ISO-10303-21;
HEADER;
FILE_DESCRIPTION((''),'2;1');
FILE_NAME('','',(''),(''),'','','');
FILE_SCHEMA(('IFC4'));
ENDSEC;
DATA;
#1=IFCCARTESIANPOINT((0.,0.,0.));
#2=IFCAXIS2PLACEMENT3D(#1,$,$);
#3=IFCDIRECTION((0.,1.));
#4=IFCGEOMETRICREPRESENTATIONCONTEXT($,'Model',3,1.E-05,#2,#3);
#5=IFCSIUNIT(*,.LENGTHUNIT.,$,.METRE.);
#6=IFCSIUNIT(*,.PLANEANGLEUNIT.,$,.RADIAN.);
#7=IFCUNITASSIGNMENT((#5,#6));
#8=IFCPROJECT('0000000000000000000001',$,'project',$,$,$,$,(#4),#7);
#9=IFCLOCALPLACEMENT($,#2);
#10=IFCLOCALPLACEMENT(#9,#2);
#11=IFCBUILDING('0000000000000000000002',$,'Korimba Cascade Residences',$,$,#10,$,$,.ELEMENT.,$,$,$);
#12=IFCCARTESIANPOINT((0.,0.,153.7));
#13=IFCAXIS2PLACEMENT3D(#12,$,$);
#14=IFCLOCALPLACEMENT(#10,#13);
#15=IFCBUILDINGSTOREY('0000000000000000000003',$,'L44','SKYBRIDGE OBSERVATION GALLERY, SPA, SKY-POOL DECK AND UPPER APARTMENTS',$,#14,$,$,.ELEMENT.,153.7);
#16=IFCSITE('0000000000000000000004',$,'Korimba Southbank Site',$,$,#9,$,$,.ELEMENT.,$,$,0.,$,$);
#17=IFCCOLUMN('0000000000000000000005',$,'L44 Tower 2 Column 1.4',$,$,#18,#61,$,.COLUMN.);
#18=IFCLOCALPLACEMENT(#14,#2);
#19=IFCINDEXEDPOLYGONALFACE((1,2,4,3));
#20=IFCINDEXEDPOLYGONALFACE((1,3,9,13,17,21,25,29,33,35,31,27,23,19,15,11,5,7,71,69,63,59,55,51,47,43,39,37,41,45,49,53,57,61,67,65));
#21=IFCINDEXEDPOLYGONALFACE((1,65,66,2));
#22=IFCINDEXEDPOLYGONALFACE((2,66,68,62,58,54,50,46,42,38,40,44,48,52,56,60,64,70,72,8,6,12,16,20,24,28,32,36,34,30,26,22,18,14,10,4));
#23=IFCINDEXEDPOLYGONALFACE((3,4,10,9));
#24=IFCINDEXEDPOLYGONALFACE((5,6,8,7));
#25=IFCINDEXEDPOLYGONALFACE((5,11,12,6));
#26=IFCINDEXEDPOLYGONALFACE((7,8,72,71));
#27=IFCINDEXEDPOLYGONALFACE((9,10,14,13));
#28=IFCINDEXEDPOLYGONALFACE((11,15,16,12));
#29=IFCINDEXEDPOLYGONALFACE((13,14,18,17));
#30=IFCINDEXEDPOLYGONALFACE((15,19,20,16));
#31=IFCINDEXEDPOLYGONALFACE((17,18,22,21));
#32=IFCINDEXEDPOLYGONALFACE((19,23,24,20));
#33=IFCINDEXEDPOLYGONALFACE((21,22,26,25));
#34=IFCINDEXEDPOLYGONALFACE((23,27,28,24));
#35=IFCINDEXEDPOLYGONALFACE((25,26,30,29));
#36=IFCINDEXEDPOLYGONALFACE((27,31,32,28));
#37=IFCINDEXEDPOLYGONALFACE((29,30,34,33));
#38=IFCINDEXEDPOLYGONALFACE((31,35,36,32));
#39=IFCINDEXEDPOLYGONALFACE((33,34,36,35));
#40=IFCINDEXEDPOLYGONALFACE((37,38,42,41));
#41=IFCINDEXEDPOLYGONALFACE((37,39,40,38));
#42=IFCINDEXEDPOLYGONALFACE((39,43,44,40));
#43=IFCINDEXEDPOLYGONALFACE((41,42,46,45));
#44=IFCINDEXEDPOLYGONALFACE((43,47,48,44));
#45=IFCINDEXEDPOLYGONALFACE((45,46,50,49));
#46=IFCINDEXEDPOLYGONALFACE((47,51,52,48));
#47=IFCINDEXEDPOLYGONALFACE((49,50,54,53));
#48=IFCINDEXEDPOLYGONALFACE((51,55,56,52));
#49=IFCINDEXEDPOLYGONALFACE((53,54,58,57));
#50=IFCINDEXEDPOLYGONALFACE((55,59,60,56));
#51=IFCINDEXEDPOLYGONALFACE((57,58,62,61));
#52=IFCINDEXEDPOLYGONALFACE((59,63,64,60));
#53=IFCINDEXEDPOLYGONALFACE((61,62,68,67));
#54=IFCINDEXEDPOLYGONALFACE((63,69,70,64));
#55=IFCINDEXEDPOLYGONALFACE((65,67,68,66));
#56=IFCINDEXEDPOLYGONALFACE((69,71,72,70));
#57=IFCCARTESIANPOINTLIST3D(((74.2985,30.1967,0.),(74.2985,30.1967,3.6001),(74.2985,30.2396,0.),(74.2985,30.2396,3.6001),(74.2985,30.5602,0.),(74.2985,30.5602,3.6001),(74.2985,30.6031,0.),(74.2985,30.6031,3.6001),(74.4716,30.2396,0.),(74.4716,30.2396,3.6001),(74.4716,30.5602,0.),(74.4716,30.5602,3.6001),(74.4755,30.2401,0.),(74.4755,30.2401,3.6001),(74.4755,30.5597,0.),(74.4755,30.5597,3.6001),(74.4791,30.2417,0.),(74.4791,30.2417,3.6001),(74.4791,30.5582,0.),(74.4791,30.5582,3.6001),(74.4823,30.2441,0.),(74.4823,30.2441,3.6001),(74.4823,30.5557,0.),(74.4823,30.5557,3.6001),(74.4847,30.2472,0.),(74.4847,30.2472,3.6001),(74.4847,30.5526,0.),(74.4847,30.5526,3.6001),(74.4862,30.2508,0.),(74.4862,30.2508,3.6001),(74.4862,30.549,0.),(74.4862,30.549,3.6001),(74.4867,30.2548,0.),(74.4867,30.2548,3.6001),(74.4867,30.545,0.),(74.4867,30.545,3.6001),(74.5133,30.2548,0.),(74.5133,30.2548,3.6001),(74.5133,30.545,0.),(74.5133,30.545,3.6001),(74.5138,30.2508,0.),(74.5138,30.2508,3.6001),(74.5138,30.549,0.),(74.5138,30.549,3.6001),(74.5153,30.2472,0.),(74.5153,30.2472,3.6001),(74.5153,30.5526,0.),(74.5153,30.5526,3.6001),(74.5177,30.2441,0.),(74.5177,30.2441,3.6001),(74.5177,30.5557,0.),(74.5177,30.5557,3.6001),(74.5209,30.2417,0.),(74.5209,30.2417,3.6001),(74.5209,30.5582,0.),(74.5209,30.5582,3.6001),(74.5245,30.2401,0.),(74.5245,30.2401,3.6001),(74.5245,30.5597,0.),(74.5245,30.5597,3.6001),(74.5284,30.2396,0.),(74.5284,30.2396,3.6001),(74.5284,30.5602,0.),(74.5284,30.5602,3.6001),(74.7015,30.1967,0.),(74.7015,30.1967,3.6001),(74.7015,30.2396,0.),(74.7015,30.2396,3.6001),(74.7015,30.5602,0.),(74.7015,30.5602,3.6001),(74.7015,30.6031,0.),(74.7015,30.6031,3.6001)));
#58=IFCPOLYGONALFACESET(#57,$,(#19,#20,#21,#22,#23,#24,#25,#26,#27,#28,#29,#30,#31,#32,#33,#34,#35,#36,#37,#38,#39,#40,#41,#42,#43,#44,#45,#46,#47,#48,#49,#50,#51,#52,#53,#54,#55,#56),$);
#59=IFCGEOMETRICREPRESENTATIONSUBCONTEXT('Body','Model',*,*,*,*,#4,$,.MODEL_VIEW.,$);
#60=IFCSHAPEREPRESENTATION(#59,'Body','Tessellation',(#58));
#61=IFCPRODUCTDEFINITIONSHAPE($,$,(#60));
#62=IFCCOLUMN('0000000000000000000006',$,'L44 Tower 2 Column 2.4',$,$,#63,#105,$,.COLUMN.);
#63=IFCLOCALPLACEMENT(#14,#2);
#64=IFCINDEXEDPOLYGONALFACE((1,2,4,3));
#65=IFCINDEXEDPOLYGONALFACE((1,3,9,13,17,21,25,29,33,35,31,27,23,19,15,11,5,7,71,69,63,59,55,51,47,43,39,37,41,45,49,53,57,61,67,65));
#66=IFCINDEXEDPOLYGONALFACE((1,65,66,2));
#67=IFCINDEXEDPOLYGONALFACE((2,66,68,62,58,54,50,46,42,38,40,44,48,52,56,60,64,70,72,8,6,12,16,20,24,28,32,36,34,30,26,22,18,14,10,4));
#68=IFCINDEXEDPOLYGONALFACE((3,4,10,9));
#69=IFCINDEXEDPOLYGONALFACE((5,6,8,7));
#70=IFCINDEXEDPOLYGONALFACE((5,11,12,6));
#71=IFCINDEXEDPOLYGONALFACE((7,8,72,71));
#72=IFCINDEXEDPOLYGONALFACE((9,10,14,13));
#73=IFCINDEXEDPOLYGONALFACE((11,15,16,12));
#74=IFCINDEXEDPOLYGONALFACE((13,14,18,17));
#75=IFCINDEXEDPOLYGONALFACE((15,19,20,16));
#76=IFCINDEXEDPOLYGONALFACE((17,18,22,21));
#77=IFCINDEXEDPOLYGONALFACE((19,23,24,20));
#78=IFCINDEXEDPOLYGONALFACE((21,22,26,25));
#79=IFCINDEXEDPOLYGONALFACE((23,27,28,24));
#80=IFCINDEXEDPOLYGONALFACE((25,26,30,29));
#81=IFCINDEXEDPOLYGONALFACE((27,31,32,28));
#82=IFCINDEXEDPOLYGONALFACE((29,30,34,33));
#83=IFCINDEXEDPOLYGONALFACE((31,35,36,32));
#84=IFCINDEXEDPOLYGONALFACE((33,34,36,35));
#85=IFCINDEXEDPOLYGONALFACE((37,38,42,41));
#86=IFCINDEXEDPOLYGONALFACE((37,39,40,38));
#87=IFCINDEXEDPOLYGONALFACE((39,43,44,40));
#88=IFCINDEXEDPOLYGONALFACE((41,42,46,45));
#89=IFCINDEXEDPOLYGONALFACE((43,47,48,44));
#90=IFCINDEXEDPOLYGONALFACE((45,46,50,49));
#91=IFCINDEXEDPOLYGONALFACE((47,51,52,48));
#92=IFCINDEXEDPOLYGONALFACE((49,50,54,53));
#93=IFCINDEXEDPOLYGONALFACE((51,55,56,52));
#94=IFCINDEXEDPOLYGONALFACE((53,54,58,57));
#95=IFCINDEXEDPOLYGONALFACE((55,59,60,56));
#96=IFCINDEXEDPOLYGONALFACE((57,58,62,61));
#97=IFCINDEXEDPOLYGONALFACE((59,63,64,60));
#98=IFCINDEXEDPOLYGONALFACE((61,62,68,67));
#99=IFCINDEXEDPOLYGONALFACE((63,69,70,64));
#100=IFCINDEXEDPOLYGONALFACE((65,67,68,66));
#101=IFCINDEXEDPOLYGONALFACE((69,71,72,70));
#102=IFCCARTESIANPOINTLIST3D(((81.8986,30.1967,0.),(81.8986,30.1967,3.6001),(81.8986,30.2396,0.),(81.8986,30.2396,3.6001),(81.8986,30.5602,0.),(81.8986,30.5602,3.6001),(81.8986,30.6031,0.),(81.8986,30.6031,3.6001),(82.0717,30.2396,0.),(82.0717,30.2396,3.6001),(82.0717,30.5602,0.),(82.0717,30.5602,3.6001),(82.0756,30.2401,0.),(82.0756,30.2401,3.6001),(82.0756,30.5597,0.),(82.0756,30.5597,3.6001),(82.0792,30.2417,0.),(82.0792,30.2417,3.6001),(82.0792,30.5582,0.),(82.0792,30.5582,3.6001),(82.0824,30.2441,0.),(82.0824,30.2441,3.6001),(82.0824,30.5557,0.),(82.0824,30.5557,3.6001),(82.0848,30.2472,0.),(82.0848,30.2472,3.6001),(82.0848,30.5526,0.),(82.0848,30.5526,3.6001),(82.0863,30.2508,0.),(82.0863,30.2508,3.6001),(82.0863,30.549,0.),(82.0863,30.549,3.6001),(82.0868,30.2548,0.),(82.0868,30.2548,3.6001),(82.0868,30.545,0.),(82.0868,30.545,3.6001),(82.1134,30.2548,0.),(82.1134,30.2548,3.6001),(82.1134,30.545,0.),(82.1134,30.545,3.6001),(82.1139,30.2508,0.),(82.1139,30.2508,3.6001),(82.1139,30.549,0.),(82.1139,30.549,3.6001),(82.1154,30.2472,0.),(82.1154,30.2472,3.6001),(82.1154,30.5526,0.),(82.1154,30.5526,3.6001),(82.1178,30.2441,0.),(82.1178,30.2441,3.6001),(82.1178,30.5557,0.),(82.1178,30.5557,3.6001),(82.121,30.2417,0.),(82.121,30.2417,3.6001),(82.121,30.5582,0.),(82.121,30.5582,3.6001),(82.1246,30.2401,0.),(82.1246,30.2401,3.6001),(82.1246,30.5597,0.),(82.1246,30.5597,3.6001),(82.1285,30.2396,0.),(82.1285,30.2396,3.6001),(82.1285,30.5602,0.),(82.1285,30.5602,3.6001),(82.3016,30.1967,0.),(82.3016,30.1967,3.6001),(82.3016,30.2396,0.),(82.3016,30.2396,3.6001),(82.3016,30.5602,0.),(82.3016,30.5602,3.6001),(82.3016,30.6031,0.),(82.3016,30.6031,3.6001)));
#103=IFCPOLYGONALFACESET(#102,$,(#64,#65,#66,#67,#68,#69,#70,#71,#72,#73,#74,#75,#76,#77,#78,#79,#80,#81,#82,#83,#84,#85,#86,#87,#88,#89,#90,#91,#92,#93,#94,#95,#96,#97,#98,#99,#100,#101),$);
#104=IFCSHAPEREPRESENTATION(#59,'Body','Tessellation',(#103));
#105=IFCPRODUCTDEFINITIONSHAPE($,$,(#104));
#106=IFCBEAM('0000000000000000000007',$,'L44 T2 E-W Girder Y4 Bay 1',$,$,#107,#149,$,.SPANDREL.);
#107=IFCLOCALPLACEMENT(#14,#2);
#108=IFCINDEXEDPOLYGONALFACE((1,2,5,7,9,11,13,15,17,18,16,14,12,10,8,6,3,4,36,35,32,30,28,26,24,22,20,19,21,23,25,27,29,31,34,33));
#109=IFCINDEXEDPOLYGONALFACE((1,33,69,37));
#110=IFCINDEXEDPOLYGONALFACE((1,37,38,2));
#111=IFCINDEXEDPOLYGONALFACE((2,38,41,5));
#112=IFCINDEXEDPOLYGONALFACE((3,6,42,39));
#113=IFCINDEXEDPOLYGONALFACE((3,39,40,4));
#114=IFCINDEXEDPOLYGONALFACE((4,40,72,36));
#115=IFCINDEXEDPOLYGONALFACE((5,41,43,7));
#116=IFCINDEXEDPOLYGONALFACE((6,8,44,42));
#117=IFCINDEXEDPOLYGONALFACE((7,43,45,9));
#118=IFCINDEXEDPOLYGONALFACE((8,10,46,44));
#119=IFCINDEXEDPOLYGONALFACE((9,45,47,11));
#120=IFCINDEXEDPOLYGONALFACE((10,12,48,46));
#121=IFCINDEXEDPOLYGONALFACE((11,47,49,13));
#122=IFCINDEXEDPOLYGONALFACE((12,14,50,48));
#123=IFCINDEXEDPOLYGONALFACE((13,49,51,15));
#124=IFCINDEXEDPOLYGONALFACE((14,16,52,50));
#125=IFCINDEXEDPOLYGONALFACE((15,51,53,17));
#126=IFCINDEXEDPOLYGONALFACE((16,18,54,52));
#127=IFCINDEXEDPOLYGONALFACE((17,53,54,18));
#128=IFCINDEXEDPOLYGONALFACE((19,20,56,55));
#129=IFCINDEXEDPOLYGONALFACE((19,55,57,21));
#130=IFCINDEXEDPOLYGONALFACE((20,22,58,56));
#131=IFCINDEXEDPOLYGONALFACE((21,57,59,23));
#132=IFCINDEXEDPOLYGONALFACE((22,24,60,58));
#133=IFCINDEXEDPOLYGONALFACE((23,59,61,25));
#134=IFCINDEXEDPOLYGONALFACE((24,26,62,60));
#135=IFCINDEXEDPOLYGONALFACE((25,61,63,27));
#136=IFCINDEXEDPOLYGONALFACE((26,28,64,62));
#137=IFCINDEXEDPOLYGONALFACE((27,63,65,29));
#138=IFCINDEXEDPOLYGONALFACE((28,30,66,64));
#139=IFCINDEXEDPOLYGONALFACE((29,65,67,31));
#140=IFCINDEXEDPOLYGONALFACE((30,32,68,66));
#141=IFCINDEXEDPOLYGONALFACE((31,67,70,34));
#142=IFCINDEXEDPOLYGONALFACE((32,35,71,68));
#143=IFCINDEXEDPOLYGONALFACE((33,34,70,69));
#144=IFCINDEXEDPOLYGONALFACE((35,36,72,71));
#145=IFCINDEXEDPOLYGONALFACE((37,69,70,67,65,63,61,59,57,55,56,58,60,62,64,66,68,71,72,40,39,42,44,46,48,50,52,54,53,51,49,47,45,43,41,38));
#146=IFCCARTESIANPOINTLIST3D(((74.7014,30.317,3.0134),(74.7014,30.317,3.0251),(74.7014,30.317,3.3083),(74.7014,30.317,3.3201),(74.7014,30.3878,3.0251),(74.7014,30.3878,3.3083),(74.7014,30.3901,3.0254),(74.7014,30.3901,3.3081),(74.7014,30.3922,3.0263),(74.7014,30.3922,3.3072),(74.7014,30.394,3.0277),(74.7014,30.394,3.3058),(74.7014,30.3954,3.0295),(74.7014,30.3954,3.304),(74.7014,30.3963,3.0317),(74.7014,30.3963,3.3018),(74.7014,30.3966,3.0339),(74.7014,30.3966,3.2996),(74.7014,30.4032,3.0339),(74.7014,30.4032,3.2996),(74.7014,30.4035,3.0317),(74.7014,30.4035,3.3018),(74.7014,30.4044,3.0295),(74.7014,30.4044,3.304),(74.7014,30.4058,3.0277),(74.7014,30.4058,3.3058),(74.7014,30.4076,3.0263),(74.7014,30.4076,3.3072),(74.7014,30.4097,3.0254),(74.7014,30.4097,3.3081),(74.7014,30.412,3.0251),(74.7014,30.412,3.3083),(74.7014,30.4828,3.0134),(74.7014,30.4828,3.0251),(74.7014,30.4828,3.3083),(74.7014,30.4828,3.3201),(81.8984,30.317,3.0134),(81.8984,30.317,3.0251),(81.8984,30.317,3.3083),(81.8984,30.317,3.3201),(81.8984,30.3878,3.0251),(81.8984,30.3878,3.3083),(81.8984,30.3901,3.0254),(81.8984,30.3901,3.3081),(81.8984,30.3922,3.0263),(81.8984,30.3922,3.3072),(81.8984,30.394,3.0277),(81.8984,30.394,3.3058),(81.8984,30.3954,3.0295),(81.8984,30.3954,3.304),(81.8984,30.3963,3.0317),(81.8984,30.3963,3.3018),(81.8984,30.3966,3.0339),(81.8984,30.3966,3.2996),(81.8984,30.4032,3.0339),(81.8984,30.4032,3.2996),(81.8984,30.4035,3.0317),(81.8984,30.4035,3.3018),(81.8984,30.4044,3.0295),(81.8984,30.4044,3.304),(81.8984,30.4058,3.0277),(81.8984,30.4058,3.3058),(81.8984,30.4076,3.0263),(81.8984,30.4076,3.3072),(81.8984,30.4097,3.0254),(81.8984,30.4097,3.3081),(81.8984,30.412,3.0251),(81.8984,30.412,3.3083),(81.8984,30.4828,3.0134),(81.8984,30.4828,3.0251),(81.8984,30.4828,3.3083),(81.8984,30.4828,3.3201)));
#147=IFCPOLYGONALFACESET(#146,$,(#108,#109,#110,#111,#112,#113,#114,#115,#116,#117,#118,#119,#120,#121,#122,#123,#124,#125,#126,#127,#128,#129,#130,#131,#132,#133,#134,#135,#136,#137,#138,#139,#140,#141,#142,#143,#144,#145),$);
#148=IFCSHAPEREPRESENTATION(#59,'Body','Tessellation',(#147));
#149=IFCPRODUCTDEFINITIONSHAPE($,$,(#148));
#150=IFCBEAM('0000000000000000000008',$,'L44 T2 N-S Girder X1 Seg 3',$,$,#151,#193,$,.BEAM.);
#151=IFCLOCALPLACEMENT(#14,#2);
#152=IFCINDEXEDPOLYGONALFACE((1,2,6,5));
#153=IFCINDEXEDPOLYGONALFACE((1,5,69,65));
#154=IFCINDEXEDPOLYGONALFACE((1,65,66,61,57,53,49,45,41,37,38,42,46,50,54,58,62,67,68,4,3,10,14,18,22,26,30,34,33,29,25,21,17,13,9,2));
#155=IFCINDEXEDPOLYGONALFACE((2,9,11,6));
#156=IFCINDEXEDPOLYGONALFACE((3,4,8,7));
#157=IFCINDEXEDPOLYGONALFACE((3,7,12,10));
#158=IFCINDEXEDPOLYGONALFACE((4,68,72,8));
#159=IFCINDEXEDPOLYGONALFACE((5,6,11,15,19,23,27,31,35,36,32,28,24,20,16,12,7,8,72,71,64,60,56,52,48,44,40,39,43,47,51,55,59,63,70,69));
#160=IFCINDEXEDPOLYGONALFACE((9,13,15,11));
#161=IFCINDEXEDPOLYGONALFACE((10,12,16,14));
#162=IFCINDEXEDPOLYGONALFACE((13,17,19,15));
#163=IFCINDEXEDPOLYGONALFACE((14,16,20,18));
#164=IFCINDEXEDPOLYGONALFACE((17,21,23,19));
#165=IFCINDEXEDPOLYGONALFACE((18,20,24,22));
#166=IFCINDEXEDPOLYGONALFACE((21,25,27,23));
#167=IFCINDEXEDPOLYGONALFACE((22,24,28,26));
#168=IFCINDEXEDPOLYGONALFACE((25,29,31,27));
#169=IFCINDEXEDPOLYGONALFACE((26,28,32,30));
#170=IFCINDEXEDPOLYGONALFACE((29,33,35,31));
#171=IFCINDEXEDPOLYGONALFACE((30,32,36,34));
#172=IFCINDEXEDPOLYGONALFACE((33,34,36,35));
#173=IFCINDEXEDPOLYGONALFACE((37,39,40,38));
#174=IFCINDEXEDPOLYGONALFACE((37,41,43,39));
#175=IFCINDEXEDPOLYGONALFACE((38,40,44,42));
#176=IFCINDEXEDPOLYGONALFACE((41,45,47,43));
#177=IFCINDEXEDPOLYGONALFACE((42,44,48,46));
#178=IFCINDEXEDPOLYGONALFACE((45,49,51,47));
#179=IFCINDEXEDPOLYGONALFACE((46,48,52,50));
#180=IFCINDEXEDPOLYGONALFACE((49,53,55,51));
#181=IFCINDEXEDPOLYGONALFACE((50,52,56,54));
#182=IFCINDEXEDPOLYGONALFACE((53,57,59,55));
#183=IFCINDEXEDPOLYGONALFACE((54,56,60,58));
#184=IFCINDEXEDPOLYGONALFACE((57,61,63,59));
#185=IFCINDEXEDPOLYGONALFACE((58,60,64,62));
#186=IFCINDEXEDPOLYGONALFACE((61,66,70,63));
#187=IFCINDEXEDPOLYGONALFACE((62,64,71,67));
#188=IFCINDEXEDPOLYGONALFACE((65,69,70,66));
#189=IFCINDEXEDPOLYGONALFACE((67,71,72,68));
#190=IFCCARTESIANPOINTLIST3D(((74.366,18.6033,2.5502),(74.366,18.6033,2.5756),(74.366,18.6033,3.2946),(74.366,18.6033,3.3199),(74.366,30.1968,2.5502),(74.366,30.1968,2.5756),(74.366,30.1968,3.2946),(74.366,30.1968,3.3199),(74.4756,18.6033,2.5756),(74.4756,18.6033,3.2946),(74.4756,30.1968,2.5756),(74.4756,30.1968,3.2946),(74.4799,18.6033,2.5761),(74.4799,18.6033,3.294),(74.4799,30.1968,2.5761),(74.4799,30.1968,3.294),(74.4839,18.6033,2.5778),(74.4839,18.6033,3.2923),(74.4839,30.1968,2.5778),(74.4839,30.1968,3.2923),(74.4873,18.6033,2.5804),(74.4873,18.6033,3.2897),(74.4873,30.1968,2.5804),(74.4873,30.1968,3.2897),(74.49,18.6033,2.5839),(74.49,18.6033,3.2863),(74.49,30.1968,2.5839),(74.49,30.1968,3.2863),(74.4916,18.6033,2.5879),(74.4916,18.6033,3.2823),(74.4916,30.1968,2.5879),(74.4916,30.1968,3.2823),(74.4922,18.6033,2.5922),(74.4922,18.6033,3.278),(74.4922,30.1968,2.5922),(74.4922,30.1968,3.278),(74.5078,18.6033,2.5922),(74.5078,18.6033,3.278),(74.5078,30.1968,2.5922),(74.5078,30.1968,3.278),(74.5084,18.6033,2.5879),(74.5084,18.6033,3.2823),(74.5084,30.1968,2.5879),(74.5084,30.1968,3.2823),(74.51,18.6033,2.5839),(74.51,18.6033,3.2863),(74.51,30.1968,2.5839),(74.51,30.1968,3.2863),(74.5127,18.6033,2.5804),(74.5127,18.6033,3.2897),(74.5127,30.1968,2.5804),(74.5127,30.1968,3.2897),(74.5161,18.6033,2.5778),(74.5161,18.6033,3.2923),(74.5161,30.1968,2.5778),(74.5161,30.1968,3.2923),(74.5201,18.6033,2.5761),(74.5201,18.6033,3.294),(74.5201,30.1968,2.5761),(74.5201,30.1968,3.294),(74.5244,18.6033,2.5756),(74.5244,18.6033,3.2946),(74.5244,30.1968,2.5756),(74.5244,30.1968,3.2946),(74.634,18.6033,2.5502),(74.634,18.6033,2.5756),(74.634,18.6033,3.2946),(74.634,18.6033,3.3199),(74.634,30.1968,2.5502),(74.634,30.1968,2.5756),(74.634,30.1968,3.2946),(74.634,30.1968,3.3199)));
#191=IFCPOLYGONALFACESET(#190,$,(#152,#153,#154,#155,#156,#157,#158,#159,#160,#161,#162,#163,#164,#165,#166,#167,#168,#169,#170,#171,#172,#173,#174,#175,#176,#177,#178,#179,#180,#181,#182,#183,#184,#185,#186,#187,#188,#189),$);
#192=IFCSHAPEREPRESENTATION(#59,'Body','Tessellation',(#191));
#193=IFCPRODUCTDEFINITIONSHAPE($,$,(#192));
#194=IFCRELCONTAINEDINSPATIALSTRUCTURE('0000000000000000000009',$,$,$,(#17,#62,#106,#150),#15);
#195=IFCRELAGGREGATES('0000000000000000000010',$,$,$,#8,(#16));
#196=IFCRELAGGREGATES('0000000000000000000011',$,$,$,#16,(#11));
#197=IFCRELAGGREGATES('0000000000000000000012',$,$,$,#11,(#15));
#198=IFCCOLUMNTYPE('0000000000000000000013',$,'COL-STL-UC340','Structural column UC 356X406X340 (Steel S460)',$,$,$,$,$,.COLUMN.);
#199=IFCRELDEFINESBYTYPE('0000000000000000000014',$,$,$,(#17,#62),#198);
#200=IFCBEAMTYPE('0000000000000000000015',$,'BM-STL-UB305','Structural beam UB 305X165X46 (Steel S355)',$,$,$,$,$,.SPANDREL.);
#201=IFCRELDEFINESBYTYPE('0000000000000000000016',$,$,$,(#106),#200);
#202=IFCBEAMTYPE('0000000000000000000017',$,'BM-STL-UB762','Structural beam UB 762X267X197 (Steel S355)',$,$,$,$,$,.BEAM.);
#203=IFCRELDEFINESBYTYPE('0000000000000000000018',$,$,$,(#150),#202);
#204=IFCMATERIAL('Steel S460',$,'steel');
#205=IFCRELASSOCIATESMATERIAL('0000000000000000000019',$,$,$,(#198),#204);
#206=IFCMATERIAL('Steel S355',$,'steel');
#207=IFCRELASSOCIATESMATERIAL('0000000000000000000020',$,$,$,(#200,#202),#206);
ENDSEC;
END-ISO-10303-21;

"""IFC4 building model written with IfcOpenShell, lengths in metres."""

from ifc_helpers import new_model, si_unit, direction, frame, origin, origin_2d, place, context, subcontext, project, spatial, i_section, extrude, material, material_profile, profile_set, type_object, element, save


model = new_model("IFC4")

# Units and contexts
model_context = context("Model", 3, precision=1e-05, world=origin(), true_north=direction((0.0, 1.0)))
body_context = subcontext(model_context, "Body", "Model", "MODEL_VIEW")
ifc_project = project(units=[si_unit("LENGTHUNIT", "METRE"), si_unit("PLANEANGLEUNIT", "RADIAN")], contexts=[model_context])

# Site, building, storey
site_placement = place(None, origin())
site = spatial("IfcSite", under=ifc_project, at=site_placement, Name="Korimba Southbank Site", CompositionType="ELEMENT", RefElevation=0.0)
building_placement = place(site_placement, origin())
building = spatial("IfcBuilding", under=site, at=building_placement, Name="Korimba Cascade Residences", CompositionType="ELEMENT")
storey_placement = place(building_placement, frame((0.0, 0.0, 153.7)))
storey = spatial("IfcBuildingStorey", under=building, at=storey_placement, Name="L44", Description="SKYBRIDGE OBSERVATION GALLERY, SPA, SKY-POOL DECK AND UPPER APARTMENTS", CompositionType="ELEMENT", Elevation=153.7)

# Columns
ifc_material_1 = material(Name="Steel S460", Category="steel")
ifc_material_profile_1 = material_profile(ifc_material_1, i_section(OverallWidth=0.4031, OverallDepth=0.4065, WebThickness=0.0266, FlangeThickness=0.043, FilletRadius=0.0151, at=origin_2d()), Name="Steel S460")
ifc_profile_set_1 = profile_set([ifc_material_profile_1], Name="Steel S460")
column_type = type_object("IfcColumnType", Name="COL-STL-UC340", Description="Structural column UC 356X406X340 (Steel S460)", PredefinedType="COLUMN", material=ifc_profile_set_1)
for number, where, z_axis, x_axis, name in (
    (1, (74.5, 30.3999, 0.0), (0.0, 0.0, 1.0), (1.0, 0.0, 0.0), "L44 Tower 2 Column 1.4"),
    (2, (82.1001, 30.3999, 0.0), (0.0, 0.0, 1.0), (1.0, 0.0, 0.0), "L44 Tower 2 Column 2.4"),
):
    element("IfcColumn", number, at=place(storey_placement, frame(where, z_axis=z_axis, x_axis=x_axis)), inside=storey, type_object=column_type, Name=name, PredefinedType="COLUMN", context=body_context, shape_type="SweptSolid", body=[
        extrude(i_section(OverallWidth=0.4031, OverallDepth=0.4065, WebThickness=0.0266, FlangeThickness=0.043, FilletRadius=0.0151, at=origin_2d()), origin(), (0.0, 0.0, 1.0), 3.6001),
    ])

# Beams
ifc_material_2 = material(Name="Steel S355", Category="steel")
ifc_material_profile_2 = material_profile(ifc_material_2, i_section(OverallWidth=0.1658, OverallDepth=0.3066, WebThickness=0.0066, FlangeThickness=0.0117, FilletRadius=0.0088, at=origin_2d()), Name="Steel S355")
ifc_profile_set_2 = profile_set([ifc_material_profile_2], Name="Steel S355")
beam_type_1 = type_object("IfcBeamType", Name="BM-STL-UB305", Description="Structural beam UB 305X165X46 (Steel S355)", PredefinedType="SPANDREL", material=ifc_profile_set_2)
beam_1_placement = place(storey_placement, frame((74.7014, 30.3999, 3.1667), z_axis=(1.0, 0.0, 0.0), x_axis=(0.0, 1.0, 0.0)))
element("IfcBeam", 3, at=beam_1_placement, inside=storey, type_object=beam_type_1, Name="L44 T2 E-W Girder Y4 Bay 1", PredefinedType="SPANDREL", context=body_context, shape_type="SweptSolid", body=[
    extrude(i_section(OverallWidth=0.1658, OverallDepth=0.3066, WebThickness=0.0066, FlangeThickness=0.0117, FilletRadius=0.0088, at=origin_2d()), origin(), (0.0, 0.0, 1.0), 7.197),
])
ifc_material_profile_3 = material_profile(ifc_material_2, i_section(OverallWidth=0.2681, OverallDepth=0.7698, WebThickness=0.0156, FlangeThickness=0.0254, FilletRadius=0.0166, at=origin_2d()), Name="Steel S355")
ifc_profile_set_3 = profile_set([ifc_material_profile_3], Name="Steel S355")
beam_type_2 = type_object("IfcBeamType", Name="BM-STL-UB762", Description="Structural beam UB 762X267X197 (Steel S355)", PredefinedType="BEAM", material=ifc_profile_set_3)
beam_2_placement = place(storey_placement, frame((74.5, 18.6033, 2.9351), z_axis=(0.0, 1.0, 0.0), x_axis=(-1.0, 0.0, 0.0)))
element("IfcBeam", 4, at=beam_2_placement, inside=storey, type_object=beam_type_2, Name="L44 T2 N-S Girder X1 Seg 3", PredefinedType="BEAM", context=body_context, shape_type="SweptSolid", body=[
    extrude(i_section(OverallWidth=0.2681, OverallDepth=0.7698, WebThickness=0.0156, FlangeThickness=0.0254, FilletRadius=0.0166, at=origin_2d()), origin(), (0.0, 0.0, 1.0), 11.5935),
])

save(model, "model.ifc")
